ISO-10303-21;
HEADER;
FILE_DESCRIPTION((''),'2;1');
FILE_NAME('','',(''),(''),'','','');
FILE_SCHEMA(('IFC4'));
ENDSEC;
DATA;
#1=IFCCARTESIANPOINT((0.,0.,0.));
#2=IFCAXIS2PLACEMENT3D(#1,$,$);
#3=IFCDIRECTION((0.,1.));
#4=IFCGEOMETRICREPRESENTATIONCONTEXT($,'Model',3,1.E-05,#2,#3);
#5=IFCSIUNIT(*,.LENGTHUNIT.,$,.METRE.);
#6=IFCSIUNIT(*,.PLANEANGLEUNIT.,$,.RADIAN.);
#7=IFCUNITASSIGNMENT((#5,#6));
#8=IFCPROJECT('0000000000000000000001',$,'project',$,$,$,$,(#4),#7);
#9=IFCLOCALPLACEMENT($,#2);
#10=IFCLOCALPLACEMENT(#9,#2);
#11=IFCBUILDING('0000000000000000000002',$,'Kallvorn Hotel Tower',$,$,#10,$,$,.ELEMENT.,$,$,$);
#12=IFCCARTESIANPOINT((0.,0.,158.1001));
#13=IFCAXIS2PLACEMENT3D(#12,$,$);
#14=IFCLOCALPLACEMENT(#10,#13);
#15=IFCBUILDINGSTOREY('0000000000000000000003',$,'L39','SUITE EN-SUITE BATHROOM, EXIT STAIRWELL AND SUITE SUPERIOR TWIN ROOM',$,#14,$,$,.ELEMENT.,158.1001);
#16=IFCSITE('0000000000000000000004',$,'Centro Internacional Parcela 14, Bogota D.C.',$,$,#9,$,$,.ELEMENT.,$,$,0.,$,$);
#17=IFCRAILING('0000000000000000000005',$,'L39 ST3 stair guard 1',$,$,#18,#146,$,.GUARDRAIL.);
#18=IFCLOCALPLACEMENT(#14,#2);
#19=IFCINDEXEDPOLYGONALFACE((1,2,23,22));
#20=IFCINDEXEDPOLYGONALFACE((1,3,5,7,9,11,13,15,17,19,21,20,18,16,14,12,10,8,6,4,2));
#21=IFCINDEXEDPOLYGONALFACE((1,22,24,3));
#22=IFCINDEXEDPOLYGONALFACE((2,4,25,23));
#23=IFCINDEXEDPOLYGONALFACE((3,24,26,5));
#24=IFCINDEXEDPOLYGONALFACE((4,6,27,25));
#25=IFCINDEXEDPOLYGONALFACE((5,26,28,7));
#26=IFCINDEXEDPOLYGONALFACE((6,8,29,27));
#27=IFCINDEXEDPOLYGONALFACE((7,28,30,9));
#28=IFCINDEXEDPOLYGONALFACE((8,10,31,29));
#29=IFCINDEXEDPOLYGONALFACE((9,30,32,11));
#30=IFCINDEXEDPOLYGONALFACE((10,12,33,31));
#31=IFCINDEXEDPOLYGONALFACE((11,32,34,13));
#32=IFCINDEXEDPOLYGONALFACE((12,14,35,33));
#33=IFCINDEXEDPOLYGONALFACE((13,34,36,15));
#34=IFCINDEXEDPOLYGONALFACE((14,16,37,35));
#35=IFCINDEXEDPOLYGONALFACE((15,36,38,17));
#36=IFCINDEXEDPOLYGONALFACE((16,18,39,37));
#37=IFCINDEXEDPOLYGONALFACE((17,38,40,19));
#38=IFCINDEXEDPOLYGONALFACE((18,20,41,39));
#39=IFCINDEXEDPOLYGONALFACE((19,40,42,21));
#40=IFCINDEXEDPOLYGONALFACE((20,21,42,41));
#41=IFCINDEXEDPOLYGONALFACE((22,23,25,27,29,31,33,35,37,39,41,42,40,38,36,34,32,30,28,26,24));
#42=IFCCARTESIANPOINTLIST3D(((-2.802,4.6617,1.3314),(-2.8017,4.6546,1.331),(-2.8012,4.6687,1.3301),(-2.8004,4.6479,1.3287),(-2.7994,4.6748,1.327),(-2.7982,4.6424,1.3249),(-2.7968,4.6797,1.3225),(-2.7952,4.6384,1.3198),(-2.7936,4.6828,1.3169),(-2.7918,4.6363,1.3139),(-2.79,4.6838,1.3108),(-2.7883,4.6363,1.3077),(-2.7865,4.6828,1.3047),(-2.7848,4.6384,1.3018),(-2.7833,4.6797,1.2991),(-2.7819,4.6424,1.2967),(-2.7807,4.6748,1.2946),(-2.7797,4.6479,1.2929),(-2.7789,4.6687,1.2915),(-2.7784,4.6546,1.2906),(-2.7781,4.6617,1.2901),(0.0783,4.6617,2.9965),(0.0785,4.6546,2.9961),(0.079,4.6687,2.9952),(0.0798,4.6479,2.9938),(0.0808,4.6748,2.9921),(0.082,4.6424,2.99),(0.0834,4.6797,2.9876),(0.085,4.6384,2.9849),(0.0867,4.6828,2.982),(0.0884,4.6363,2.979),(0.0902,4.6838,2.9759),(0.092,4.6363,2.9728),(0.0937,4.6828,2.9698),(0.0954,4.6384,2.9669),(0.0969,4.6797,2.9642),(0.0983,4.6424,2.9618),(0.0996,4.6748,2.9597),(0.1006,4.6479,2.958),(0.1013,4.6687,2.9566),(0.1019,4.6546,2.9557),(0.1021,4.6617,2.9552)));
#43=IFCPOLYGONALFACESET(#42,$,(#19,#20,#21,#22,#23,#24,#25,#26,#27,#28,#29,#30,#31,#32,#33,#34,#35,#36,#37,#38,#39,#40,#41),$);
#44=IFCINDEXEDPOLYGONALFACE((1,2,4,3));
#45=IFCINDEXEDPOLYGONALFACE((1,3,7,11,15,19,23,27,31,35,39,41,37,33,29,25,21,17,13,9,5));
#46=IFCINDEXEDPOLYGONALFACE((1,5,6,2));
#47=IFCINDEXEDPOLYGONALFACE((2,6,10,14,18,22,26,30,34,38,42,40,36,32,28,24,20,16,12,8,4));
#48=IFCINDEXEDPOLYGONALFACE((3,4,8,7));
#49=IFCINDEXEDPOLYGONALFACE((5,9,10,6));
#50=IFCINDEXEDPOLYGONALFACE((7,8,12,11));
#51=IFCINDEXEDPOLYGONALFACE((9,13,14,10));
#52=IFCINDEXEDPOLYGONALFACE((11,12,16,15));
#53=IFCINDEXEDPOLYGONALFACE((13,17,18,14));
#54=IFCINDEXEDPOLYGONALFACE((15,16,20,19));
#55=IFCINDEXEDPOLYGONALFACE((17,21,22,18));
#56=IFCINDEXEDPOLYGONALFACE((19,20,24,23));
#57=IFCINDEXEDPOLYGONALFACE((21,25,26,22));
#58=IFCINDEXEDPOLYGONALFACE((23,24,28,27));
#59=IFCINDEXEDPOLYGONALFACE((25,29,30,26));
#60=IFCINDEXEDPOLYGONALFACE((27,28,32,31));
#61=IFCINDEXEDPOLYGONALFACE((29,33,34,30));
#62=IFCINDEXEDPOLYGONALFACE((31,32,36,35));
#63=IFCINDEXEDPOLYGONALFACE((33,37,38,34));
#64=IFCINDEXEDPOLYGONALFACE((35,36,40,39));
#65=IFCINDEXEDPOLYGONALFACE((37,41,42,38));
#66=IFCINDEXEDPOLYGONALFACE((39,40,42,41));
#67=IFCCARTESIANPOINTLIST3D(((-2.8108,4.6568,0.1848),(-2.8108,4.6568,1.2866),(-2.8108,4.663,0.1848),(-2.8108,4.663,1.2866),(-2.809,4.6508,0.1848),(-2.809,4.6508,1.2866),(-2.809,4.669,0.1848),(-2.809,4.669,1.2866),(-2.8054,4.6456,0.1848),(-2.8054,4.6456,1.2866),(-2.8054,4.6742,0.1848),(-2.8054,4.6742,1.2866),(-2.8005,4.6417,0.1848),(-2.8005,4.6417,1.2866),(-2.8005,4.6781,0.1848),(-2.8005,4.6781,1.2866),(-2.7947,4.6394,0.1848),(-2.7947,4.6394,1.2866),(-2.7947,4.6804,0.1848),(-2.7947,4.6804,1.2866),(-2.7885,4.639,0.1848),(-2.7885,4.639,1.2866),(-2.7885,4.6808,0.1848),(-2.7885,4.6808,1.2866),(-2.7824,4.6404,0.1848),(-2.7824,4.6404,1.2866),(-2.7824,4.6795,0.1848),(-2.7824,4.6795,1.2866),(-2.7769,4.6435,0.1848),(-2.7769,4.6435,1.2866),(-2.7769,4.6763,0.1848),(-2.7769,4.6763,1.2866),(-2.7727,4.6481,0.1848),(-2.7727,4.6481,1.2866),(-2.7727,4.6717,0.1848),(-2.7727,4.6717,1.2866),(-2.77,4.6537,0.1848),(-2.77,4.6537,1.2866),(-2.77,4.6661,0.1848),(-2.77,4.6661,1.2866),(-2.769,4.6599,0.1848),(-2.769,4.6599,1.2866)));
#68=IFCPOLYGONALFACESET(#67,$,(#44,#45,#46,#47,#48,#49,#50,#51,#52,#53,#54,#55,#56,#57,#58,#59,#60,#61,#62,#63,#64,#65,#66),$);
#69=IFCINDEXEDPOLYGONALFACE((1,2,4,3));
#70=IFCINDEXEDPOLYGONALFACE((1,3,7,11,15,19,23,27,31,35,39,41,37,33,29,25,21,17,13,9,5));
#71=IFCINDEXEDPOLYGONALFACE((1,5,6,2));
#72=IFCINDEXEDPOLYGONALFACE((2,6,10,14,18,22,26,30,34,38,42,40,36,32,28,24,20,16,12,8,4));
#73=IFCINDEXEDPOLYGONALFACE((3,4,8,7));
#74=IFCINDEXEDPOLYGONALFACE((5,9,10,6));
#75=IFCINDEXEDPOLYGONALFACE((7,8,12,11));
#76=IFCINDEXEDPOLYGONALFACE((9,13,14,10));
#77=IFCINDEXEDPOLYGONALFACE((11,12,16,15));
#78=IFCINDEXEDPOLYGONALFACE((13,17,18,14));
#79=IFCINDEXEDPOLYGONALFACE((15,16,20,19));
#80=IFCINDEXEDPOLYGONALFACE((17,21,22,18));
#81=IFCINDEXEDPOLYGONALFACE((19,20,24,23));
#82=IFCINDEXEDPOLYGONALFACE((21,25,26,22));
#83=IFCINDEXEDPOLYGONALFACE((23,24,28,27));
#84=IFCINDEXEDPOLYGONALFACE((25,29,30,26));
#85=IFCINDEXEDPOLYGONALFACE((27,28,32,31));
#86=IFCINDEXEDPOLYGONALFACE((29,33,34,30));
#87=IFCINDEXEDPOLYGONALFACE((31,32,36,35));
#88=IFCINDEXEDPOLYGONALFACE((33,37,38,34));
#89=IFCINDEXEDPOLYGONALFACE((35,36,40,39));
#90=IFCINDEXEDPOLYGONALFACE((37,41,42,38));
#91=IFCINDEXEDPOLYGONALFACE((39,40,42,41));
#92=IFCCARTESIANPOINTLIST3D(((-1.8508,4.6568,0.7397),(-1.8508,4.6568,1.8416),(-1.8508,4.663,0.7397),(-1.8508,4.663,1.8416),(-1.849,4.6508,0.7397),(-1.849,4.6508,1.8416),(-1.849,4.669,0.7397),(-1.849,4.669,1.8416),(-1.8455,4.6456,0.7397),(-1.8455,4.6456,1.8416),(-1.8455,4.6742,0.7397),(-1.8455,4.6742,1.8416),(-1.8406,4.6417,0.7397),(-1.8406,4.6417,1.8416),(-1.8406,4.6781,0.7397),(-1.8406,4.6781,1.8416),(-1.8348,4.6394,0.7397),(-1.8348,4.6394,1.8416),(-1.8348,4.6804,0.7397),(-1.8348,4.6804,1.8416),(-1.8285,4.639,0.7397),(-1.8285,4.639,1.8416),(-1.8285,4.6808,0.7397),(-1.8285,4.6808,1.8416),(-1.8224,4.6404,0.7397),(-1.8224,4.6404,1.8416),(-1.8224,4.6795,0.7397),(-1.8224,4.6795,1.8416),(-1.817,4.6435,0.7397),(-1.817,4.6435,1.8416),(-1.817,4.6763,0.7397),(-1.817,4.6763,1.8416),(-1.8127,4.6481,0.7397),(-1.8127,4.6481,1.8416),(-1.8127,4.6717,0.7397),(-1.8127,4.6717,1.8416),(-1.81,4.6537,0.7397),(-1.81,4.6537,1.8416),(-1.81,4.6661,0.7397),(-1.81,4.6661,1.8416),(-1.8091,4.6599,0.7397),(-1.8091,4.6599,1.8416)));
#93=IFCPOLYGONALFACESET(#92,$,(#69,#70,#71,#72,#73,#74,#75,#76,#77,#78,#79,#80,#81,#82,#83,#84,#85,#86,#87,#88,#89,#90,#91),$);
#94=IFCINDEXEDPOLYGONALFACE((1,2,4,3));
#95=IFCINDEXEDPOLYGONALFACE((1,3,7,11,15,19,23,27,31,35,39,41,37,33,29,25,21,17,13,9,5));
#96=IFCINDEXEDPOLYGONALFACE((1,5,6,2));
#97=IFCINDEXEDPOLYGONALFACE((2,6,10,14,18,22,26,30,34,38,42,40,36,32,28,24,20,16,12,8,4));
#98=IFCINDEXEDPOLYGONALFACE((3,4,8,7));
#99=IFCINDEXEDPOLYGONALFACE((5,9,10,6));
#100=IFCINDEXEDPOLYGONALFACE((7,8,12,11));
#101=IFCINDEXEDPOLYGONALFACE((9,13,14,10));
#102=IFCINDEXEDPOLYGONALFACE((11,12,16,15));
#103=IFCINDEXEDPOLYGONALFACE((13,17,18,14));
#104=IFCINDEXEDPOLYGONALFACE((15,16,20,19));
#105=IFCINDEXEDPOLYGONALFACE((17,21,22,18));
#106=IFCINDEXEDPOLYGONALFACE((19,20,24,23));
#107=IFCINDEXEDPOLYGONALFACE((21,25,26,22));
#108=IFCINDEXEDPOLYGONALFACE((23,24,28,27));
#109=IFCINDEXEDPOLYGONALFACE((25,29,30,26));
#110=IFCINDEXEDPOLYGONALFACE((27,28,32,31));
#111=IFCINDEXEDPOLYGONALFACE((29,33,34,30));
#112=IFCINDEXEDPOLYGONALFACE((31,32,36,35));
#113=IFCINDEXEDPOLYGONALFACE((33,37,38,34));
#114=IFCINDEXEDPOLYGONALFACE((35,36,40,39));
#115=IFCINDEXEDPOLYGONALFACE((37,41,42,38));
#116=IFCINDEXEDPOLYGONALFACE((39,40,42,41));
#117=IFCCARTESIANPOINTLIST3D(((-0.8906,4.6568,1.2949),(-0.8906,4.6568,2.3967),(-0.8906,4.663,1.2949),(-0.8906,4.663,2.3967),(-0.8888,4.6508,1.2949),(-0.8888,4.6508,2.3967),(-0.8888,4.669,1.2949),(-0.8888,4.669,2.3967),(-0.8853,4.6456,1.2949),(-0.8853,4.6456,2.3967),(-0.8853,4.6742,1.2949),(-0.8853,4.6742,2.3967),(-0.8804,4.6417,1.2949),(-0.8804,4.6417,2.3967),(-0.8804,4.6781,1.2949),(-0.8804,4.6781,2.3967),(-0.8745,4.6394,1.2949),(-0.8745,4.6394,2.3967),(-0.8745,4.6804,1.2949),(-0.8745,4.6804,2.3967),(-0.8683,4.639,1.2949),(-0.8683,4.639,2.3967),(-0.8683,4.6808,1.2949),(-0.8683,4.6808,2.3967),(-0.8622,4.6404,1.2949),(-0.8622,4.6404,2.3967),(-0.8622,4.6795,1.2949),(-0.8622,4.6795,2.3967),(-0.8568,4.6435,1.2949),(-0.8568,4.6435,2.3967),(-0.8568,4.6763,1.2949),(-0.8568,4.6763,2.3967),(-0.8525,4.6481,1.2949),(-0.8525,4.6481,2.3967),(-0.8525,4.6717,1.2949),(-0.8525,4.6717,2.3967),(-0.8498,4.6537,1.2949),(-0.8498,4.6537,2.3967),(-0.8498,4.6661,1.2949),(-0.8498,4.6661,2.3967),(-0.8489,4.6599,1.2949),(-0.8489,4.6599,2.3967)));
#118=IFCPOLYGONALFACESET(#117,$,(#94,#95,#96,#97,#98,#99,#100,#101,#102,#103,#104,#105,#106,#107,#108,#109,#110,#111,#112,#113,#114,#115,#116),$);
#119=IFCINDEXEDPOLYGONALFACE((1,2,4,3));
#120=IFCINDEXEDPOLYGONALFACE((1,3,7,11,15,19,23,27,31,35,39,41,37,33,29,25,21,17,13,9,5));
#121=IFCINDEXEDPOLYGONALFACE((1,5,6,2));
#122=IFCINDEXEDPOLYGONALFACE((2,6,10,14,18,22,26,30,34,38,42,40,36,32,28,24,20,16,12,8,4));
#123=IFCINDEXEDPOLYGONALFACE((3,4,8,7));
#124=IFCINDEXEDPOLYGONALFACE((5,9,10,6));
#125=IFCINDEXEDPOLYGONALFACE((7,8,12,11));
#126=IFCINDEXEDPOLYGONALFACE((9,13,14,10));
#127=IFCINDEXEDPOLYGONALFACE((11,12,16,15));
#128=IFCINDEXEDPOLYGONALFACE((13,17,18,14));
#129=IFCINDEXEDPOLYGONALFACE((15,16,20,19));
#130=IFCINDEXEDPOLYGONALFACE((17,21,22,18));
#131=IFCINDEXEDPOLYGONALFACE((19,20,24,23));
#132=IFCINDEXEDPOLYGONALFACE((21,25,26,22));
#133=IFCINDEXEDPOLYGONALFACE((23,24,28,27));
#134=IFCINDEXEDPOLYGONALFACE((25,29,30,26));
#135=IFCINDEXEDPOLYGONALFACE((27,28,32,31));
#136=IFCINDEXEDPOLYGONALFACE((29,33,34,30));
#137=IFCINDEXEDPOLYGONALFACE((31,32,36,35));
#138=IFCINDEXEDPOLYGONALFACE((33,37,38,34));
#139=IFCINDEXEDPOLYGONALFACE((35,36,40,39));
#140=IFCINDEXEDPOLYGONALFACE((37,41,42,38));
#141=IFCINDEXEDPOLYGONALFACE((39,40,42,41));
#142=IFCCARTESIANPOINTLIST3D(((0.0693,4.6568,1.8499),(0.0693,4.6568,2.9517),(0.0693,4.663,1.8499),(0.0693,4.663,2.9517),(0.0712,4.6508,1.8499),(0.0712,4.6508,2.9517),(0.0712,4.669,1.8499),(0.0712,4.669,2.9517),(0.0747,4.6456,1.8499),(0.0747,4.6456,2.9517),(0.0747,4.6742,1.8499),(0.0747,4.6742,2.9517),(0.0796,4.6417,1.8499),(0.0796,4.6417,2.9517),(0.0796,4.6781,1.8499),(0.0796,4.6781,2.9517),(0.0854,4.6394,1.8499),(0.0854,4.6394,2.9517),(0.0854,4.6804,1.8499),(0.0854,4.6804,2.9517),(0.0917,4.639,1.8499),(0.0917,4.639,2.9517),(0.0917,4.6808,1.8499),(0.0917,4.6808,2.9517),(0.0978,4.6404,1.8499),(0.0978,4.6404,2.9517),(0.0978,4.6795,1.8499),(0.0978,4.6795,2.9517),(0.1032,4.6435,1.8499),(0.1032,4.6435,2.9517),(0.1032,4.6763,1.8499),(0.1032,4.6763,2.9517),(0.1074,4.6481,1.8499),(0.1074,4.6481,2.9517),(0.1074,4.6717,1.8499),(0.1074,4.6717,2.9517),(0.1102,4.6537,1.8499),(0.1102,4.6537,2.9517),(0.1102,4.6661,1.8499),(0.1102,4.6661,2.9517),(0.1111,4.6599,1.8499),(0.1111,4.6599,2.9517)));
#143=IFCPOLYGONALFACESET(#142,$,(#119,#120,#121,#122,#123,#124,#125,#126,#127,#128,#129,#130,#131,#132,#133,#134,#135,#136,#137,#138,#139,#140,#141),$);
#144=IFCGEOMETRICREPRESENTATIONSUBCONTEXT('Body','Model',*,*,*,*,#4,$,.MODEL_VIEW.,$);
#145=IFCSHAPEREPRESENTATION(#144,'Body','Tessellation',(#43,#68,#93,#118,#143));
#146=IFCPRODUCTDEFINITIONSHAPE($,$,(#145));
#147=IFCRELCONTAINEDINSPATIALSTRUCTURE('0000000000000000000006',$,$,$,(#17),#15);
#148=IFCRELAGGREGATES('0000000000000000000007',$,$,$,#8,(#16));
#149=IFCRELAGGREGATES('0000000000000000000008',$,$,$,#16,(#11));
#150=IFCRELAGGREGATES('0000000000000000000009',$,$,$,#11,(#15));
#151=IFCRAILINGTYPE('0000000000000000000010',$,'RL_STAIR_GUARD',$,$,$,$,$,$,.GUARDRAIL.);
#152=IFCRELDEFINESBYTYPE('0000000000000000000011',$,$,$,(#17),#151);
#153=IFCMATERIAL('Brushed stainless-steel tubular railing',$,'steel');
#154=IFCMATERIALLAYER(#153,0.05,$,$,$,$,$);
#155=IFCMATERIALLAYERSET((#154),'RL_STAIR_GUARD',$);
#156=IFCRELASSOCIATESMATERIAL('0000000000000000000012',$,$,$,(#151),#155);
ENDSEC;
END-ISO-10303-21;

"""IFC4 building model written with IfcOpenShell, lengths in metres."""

from ifc_helpers import new_model, si_unit, direction, frame, origin, origin_2d, place, context, subcontext, project, spatial, circle, extrude, material, layer, layer_set, type_object, element, save


model = new_model("IFC4")

# Units and contexts
model_context = context("Model", 3, precision=1e-05, world=origin(), true_north=direction((0.0, 1.0)))
body_context = subcontext(model_context, "Body", "Model", "MODEL_VIEW")
ifc_project = project(units=[si_unit("LENGTHUNIT", "METRE"), si_unit("PLANEANGLEUNIT", "RADIAN")], contexts=[model_context])

# Site, building, storey
site_placement = place(None, origin())
site = spatial("IfcSite", under=ifc_project, at=site_placement, Name="Centro Internacional Parcela 14, Bogota D.C.", CompositionType="ELEMENT", RefElevation=0.0)
building_placement = place(site_placement, origin())
building = spatial("IfcBuilding", under=site, at=building_placement, Name="Kallvorn Hotel Tower", CompositionType="ELEMENT")
storey_placement = place(building_placement, frame((0.0, 0.0, 158.1001)))
storey = spatial("IfcBuildingStorey", under=building, at=storey_placement, Name="L39", Description="SUITE EN-SUITE BATHROOM, EXIT STAIRWELL AND SUITE SUPERIOR TWIN ROOM", CompositionType="ELEMENT", Elevation=158.1001)

# Railing
ifc_material_1 = material(Name="Brushed stainless-steel tubular railing", Category="steel")
ifc_layer_1 = layer(ifc_material_1, 0.05)
ifc_layer_set_1 = layer_set([ifc_layer_1], Name="RL_STAIR_GUARD")
railing_type_1 = type_object("IfcRailingType", Name="RL_STAIR_GUARD", PredefinedType="GUARDRAIL", material=ifc_layer_set_1)
railing_1_placement = place(storey_placement, frame((-2.79, 4.6599, 0.1848)))
element("IfcRailing", 1, at=railing_1_placement, inside=storey, type_object=railing_type_1, Name="L39 ST3 stair guard 1", PredefinedType="GUARDRAIL", context=body_context, shape_type="SweptSolid", body=[
    extrude(circle(Radius=0.0239, at=origin_2d()), frame((0.0, 0.0, 1.126), z_axis=(0.865739, 0.0, 0.500495), x_axis=(0.0, 1.0, 0.0)), (0.0, 0.0, 1.0), 3.3269),
    extrude(circle(Radius=0.021, at=origin_2d()), origin(), (0.0, 0.0, 1.0), 1.1018),
    extrude(circle(Radius=0.021, at=origin_2d()), frame((0.96, 0.0, 0.5549)), (0.0, 0.0, 1.0), 1.1018),
    extrude(circle(Radius=0.021, at=origin_2d()), frame((1.9202, 0.0, 1.1101)), (0.0, 0.0, 1.0), 1.1018),
    extrude(circle(Radius=0.021, at=origin_2d()), frame((2.8801, 0.0, 1.665)), (0.0, 0.0, 1.0), 1.1018),
])

save(model, "model.ifc")
